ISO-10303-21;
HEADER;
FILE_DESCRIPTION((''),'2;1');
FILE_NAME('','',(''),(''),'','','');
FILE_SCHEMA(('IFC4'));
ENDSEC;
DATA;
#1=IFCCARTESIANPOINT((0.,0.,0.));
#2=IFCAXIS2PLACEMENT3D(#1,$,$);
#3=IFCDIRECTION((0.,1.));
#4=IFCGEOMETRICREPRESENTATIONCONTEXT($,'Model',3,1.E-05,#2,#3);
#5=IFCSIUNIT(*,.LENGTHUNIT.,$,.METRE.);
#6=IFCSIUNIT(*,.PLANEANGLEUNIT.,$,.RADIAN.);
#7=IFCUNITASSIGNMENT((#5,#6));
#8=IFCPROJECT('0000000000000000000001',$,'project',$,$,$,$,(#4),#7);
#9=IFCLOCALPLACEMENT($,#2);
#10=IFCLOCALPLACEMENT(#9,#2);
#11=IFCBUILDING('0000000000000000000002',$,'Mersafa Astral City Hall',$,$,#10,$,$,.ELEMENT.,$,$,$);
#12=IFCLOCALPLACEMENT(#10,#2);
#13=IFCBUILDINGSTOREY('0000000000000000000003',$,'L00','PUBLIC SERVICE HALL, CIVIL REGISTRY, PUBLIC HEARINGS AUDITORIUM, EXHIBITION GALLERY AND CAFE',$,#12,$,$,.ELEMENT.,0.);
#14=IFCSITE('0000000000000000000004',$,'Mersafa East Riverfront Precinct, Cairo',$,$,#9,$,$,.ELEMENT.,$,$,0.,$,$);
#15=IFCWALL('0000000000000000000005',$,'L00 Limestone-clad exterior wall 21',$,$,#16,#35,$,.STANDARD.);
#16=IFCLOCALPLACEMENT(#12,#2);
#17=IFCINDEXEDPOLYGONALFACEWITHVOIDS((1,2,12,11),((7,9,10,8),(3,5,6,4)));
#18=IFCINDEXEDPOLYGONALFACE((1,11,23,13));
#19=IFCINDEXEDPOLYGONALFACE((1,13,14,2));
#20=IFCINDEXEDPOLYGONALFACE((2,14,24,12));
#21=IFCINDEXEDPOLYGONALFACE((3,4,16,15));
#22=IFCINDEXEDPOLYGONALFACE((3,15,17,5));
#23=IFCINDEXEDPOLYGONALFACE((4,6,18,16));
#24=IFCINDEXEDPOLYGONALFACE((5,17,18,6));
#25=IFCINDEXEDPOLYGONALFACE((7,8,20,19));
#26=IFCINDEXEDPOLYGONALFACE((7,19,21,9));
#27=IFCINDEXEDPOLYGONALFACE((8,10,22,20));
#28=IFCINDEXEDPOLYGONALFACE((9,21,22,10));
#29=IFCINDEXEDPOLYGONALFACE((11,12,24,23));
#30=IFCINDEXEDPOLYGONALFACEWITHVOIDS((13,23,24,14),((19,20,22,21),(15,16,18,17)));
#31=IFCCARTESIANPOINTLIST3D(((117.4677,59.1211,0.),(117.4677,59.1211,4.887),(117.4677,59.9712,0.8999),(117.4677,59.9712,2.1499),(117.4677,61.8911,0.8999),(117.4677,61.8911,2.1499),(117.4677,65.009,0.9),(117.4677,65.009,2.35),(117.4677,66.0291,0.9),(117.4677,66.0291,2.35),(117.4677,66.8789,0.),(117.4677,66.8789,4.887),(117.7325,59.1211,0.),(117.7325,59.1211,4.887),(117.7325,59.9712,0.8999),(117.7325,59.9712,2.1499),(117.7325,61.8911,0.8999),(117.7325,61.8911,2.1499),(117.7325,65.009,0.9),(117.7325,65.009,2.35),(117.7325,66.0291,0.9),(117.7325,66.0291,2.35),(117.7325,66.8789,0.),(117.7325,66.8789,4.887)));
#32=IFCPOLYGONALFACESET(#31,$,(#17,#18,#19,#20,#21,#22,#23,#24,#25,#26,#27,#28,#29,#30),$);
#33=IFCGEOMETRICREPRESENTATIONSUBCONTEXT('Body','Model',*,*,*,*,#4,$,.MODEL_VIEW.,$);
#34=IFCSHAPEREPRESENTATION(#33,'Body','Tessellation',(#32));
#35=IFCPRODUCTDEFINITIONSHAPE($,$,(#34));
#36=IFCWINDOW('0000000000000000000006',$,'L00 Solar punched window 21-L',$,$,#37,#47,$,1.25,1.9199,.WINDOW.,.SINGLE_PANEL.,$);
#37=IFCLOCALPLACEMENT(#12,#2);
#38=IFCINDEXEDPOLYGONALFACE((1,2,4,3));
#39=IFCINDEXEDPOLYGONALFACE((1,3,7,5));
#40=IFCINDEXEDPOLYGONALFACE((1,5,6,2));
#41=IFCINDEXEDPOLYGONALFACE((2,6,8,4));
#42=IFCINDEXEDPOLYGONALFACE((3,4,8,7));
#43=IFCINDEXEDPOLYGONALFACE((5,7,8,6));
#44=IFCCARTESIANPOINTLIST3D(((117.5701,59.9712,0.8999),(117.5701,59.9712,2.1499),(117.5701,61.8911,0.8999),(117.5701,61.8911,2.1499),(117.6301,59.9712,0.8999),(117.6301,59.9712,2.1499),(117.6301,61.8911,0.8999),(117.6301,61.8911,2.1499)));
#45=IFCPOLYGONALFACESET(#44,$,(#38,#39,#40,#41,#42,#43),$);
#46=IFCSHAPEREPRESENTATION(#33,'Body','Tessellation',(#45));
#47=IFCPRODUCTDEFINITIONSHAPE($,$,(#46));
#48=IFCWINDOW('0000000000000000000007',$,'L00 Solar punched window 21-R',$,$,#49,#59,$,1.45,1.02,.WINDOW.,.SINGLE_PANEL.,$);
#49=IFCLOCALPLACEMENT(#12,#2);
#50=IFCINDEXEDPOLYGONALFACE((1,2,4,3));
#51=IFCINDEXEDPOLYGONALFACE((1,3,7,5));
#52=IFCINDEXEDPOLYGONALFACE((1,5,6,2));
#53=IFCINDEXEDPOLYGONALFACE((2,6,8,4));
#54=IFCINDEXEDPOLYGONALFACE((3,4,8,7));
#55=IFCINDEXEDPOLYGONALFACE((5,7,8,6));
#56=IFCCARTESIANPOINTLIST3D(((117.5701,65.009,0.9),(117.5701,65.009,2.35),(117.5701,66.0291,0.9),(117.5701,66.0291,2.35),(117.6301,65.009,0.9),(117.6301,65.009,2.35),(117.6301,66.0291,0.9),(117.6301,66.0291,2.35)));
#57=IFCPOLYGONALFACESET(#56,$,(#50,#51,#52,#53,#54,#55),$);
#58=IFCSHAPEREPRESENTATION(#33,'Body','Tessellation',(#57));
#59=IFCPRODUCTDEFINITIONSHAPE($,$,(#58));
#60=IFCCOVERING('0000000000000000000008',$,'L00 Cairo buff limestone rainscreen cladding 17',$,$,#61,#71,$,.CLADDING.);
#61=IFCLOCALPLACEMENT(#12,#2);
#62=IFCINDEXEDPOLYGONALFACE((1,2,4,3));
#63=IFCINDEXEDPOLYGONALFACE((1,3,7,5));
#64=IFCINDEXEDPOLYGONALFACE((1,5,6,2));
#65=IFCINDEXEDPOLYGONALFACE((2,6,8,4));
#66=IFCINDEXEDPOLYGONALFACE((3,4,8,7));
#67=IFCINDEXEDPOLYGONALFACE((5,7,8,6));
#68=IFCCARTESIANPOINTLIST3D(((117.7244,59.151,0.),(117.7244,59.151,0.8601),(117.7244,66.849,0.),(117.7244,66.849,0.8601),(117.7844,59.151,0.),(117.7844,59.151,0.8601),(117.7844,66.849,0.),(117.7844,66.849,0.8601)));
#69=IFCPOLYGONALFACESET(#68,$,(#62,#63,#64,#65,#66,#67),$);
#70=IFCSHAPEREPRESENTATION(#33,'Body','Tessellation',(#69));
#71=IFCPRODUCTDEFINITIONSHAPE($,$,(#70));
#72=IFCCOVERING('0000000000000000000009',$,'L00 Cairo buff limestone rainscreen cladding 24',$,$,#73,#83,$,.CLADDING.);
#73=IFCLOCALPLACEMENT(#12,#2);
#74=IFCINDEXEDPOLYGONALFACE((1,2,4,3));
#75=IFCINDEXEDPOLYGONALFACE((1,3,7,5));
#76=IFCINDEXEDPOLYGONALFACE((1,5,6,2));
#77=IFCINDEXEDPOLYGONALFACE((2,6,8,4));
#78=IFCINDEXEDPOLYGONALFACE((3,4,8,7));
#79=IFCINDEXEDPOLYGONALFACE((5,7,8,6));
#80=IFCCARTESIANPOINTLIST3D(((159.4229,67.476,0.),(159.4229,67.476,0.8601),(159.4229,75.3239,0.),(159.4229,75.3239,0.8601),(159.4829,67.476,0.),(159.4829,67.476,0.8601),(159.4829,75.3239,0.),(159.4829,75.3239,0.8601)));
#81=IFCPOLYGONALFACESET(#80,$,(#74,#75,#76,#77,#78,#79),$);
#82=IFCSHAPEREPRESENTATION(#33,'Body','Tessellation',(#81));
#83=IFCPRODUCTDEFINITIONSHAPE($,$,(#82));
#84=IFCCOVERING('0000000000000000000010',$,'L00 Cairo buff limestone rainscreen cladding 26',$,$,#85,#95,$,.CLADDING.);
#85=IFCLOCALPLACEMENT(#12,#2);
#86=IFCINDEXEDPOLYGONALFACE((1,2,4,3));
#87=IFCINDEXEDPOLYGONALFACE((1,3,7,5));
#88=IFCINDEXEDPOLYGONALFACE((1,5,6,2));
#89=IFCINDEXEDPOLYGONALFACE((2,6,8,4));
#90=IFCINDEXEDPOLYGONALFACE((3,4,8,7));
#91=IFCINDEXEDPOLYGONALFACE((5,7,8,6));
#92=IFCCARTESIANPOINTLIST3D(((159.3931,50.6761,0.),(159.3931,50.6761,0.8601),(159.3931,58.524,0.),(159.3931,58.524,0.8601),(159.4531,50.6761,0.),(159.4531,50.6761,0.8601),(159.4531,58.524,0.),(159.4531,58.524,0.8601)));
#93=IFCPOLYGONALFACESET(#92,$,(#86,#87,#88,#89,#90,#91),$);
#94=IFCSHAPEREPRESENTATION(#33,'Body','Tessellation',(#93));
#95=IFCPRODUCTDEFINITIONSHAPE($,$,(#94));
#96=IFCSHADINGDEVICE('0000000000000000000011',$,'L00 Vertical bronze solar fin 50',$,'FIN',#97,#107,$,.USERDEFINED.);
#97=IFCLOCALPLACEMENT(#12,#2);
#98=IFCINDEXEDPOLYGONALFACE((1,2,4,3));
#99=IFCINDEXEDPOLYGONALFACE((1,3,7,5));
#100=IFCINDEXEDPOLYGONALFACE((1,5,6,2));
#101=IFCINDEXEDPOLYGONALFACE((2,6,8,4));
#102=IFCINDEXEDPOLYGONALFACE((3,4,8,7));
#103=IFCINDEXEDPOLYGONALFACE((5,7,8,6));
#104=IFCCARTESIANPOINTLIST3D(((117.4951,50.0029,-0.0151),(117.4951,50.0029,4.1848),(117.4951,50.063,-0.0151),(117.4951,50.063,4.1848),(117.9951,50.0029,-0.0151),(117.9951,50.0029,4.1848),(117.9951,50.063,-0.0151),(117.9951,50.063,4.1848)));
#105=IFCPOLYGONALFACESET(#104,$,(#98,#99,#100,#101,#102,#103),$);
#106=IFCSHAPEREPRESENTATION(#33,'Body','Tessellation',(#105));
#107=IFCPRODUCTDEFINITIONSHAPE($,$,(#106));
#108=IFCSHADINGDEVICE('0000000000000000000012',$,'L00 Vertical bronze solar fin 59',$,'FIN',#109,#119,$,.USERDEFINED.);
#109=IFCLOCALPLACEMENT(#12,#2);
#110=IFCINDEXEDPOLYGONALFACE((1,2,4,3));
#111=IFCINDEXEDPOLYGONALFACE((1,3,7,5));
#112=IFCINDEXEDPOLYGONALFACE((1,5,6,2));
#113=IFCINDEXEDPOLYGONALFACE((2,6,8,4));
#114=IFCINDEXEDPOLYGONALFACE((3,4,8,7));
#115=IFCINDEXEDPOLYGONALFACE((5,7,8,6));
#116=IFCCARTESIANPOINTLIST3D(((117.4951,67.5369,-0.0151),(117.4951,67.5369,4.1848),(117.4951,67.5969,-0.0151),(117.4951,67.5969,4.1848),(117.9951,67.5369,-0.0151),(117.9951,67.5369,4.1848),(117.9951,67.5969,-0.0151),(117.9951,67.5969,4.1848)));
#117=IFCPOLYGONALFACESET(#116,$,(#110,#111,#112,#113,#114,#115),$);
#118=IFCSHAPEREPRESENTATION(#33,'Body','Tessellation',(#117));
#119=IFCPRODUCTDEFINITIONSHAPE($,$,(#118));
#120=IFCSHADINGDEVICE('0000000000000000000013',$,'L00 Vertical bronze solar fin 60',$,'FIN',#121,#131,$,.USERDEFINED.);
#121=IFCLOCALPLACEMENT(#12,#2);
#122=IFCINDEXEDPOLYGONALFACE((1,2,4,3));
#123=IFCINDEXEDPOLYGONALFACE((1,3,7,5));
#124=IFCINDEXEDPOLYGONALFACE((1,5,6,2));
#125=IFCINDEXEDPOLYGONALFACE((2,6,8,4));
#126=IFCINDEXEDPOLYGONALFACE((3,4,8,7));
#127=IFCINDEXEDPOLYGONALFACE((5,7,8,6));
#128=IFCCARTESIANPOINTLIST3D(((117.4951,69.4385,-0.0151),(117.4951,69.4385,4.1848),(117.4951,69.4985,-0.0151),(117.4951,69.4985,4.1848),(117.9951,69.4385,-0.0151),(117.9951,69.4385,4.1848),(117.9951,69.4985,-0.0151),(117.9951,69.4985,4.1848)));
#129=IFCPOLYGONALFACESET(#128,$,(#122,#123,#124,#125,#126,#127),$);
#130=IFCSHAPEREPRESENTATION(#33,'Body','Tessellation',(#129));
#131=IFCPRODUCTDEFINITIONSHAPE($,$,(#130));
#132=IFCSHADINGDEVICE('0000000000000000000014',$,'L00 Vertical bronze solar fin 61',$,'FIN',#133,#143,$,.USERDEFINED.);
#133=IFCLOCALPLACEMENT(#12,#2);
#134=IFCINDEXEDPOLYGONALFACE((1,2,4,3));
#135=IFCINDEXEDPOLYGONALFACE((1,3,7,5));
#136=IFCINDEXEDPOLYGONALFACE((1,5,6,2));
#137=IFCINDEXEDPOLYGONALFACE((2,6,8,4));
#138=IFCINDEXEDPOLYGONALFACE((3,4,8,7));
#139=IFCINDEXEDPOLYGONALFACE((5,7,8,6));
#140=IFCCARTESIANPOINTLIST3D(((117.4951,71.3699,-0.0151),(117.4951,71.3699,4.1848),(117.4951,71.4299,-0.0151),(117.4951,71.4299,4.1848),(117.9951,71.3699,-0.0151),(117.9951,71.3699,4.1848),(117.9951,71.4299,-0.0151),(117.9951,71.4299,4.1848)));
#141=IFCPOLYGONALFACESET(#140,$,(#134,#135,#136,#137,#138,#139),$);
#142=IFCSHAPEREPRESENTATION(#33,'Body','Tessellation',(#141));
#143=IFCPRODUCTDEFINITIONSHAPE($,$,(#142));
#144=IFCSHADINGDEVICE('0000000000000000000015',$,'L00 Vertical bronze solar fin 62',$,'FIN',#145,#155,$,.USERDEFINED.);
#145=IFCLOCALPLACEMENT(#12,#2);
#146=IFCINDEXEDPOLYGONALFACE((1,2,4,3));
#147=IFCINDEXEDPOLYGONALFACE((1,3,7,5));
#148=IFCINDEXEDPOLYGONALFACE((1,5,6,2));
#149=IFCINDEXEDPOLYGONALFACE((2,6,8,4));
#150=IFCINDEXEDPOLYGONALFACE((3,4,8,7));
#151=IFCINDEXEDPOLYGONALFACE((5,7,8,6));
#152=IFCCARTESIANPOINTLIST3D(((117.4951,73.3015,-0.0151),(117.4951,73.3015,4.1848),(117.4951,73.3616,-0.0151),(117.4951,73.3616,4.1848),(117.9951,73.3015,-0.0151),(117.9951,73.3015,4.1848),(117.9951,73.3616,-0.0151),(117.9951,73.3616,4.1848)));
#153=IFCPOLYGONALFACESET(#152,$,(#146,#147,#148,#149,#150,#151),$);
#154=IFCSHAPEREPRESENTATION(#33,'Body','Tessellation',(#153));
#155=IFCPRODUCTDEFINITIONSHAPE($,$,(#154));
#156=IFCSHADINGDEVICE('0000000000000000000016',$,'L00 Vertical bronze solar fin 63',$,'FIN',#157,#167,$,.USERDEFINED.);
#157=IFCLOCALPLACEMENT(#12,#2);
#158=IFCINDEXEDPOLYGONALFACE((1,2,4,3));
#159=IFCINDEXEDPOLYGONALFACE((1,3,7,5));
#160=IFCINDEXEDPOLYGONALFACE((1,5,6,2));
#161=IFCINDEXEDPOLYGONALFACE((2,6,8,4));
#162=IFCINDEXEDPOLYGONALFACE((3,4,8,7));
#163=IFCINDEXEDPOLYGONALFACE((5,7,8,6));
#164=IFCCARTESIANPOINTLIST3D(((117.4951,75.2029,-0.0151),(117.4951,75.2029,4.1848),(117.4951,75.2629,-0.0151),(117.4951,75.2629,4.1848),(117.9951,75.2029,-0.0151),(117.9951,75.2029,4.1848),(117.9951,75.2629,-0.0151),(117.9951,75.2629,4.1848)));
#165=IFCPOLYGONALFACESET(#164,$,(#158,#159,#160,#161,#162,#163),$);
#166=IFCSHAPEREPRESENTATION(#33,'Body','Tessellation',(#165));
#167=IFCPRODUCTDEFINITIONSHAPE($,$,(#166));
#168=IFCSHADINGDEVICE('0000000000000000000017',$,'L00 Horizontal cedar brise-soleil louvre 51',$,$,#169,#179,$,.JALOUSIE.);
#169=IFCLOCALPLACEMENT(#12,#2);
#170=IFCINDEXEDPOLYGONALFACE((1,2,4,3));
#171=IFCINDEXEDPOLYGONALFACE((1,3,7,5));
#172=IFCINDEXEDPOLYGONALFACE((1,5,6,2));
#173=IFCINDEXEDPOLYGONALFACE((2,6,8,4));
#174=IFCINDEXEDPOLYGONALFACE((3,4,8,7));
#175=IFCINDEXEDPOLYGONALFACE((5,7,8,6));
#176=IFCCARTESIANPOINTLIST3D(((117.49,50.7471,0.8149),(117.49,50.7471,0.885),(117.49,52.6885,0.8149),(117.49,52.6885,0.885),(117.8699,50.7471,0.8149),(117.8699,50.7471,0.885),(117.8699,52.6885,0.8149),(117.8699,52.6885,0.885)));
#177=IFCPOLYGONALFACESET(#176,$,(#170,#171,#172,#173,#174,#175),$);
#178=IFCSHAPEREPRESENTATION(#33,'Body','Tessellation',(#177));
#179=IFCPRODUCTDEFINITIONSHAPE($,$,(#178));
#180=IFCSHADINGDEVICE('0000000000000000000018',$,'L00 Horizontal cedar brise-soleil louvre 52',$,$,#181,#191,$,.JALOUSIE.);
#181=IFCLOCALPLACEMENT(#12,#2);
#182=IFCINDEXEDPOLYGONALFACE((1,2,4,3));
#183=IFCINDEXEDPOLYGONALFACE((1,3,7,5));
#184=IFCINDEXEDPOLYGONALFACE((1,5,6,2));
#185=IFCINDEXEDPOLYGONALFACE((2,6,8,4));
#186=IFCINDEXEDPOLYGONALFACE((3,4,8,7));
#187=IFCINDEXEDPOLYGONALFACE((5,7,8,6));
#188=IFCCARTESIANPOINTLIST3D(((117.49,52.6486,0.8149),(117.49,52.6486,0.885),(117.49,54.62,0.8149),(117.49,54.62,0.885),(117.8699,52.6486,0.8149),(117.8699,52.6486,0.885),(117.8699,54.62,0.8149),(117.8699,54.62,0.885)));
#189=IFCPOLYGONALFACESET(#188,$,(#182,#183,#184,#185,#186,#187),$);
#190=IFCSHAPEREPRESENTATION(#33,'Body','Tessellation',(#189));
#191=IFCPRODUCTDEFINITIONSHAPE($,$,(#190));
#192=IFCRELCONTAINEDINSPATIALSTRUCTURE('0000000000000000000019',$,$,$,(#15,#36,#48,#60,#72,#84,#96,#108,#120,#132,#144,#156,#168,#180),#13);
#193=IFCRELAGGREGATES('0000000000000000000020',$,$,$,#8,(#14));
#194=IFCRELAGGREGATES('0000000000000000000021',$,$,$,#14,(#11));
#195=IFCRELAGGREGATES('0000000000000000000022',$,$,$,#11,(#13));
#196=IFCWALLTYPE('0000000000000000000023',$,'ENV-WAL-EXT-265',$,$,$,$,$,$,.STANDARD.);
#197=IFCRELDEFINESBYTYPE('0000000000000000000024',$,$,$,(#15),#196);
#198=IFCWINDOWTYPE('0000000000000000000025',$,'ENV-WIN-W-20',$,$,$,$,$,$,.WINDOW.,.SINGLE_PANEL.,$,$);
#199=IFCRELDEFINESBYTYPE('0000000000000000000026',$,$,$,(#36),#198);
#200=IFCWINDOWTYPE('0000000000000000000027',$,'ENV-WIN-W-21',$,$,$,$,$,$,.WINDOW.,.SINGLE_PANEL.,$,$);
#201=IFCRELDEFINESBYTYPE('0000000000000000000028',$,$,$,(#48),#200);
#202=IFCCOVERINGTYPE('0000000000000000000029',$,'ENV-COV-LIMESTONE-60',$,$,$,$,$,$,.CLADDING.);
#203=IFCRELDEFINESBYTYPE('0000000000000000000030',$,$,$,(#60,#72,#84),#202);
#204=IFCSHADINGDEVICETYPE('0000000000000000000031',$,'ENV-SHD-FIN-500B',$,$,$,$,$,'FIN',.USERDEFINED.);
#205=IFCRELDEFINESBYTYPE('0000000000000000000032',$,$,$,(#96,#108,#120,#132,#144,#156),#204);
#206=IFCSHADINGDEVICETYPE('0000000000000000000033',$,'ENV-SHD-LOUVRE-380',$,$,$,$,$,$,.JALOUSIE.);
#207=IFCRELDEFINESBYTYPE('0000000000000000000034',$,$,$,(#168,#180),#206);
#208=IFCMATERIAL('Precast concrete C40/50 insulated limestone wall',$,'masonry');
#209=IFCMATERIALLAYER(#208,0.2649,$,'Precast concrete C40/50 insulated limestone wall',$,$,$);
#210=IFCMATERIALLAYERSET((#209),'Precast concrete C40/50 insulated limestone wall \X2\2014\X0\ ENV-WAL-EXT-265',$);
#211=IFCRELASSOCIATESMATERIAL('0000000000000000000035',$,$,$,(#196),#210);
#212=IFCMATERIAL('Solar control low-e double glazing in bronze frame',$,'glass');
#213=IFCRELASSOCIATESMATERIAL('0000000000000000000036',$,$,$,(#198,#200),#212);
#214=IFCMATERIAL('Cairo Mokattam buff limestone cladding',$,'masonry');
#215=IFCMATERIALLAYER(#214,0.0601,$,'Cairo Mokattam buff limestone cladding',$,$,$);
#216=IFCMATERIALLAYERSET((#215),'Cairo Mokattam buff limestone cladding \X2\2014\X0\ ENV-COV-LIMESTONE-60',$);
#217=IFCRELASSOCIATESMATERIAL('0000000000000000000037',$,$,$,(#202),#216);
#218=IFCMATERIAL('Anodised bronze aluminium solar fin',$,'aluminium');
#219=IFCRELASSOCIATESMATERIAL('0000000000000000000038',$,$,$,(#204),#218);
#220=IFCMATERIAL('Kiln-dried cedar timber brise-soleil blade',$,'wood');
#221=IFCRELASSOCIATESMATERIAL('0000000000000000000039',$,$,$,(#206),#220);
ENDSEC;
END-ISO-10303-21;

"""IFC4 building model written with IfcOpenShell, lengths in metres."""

from ifc_helpers import new_model, si_unit, direction, frame, frame_2d, origin, origin_2d, place, context, subcontext, project, spatial, rectangle, extrude, material, layer, layer_set, type_object, element, fill, save


model = new_model("IFC4")

# Units and contexts
model_context = context("Model", 3, precision=1e-05, world=origin(), true_north=direction((0.0, 1.0)))
body_context = subcontext(model_context, "Body", "Model", "MODEL_VIEW")
ifc_project = project(units=[si_unit("LENGTHUNIT", "METRE"), si_unit("PLANEANGLEUNIT", "RADIAN")], contexts=[model_context])

# Site, building, storey
site_placement = place(None, origin())
site = spatial("IfcSite", under=ifc_project, at=site_placement, Name="Mersafa East Riverfront Precinct, Cairo", CompositionType="ELEMENT", RefElevation=0.0)
building_placement = place(site_placement, origin())
building = spatial("IfcBuilding", under=site, at=building_placement, Name="Mersafa Astral City Hall", CompositionType="ELEMENT")
storey_placement = place(building_placement, origin())
storey = spatial("IfcBuildingStorey", under=building, at=storey_placement, Name="L00", Description="PUBLIC SERVICE HALL, CIVIL REGISTRY, PUBLIC HEARINGS AUDITORIUM, EXHIBITION GALLERY AND CAFE", CompositionType="ELEMENT", Elevation=0.0)

# Wall, openings, windows
ifc_material_1 = material(Name="Precast concrete C40/50 insulated limestone wall", Category="masonry")
ifc_layer_1 = layer(ifc_material_1, 0.2649, Name="Precast concrete C40/50 insulated limestone wall")
ifc_layer_set_1 = layer_set([ifc_layer_1], Name="Precast concrete C40/50 insulated limestone wall — ENV-WAL-EXT-265")
wall_type = type_object("IfcWallType", Name="ENV-WAL-EXT-265", PredefinedType="STANDARD", material=ifc_layer_set_1)
wall_placement = place(storey_placement, frame((117.6001, 59.1211, 0.0), z_axis=(0.0, 0.0, 1.0), x_axis=(0.0, 1.0, 0.0)))
wall = element("IfcWall", 1, at=wall_placement, inside=storey, type_object=wall_type, Name="L00 Limestone-clad exterior wall 21", PredefinedType="STANDARD", context=body_context, shape_type="SweptSolid", body=[
    extrude(rectangle(XDim=7.7578, YDim=0.2649, at=frame_2d((3.8789, 0.0))), origin(), (0.0, 0.0, 1.0), 4.887),
])
opening_1_placement = place(wall_placement, frame((0.8501, 0.0, 0.8999)))
opening_1 = element("IfcOpeningElement", 2, at=opening_1_placement, cuts=wall, PredefinedType="OPENING", context=body_context, shape_type="SweptSolid", body=[
    extrude(rectangle(XDim=1.9199, YDim=1.25, at=frame_2d((0.96, 0.625))), frame((0.0, 0.1423, 0.0), z_axis=(0.0, -1.0, 0.0), x_axis=(1.0, 0.0, 0.0)), (0.0, 0.0, 1.0), 0.2849),
])
opening_2_placement = place(wall_placement, frame((5.8879, 0.0, 0.8999)))
opening_2 = element("IfcOpeningElement", 3, at=opening_2_placement, cuts=wall, PredefinedType="OPENING", context=body_context, shape_type="SweptSolid", body=[
    extrude(rectangle(XDim=1.02, YDim=1.45, at=frame_2d((0.51, 0.7251))), frame((0.0, 0.1423, 0.0), z_axis=(0.0, -1.0, 0.0), x_axis=(1.0, 0.0, 0.0)), (0.0, 0.0, 1.0), 0.2849),
])
ifc_material_2 = material(Name="Solar control low-e double glazing in bronze frame", Category="glass")
window_type_1 = type_object("IfcWindowType", Name="ENV-WIN-W-20", PartitioningType="SINGLE_PANEL", PredefinedType="WINDOW", material=ifc_material_2)
window_1_placement = place(opening_1_placement, origin())
window_1 = element("IfcWindow", 4, at=window_1_placement, inside=storey, type_object=window_type_1, Name="L00 Solar punched window 21-L", OverallHeight=1.25, OverallWidth=1.9199, PartitioningType="SINGLE_PANEL", PredefinedType="WINDOW", context=body_context, shape_type="SweptSolid", body=[
    extrude(rectangle(XDim=1.9199, YDim=1.25, at=frame_2d((0.96, 0.625))), frame((0.0, 0.03, 0.0), z_axis=(0.0, -1.0, 0.0), x_axis=(1.0, 0.0, 0.0)), (0.0, 0.0, 1.0), 0.0601),
])
fill(opening_1, window_1)
window_type_2 = type_object("IfcWindowType", Name="ENV-WIN-W-21", PartitioningType="SINGLE_PANEL", PredefinedType="WINDOW", material=ifc_material_2)
window_2_placement = place(opening_2_placement, origin())
window_2 = element("IfcWindow", 5, at=window_2_placement, inside=storey, type_object=window_type_2, Name="L00 Solar punched window 21-R", OverallHeight=1.45, OverallWidth=1.02, PartitioningType="SINGLE_PANEL", PredefinedType="WINDOW", context=body_context, shape_type="SweptSolid", body=[
    extrude(rectangle(XDim=1.02, YDim=1.45, at=frame_2d((0.51, 0.7251))), frame((0.0, 0.03, 0.0), z_axis=(0.0, -1.0, 0.0), x_axis=(1.0, 0.0, 0.0)), (0.0, 0.0, 1.0), 0.0601),
])
fill(opening_2, window_2)

# Coverings
ifc_material_3 = material(Name="Cairo Mokattam buff limestone cladding", Category="masonry")
ifc_layer_2 = layer(ifc_material_3, 0.0601, Name="Cairo Mokattam buff limestone cladding")
ifc_layer_set_2 = layer_set([ifc_layer_2], Name="Cairo Mokattam buff limestone cladding — ENV-COV-LIMESTONE-60")
covering_type = type_object("IfcCoveringType", Name="ENV-COV-LIMESTONE-60", PredefinedType="CLADDING", material=ifc_layer_set_2)
covering_placement = place(storey_placement, frame((117.7544, 63.0, 0.0), z_axis=(0.0, 0.0, 1.0), x_axis=(0.0, 1.0, 0.0)))
element("IfcCovering", 6, at=covering_placement, inside=storey, type_object=covering_type, Name="L00 Cairo buff limestone rainscreen cladding 17", PredefinedType="CLADDING", context=body_context, shape_type="SweptSolid", body=[
    extrude(rectangle(XDim=7.698, YDim=0.0601, at=origin_2d()), origin(), (0.0, 0.0, 1.0), 0.8601),
])
for number, where, z_axis, x_axis, name in (
    (7, (159.4529, 71.3999, 0.0), (0.0, 0.0, 1.0), (0.0, -1.0, 0.0), "L00 Cairo buff limestone rainscreen cladding 24"),
    (8, (159.4231, 54.6001, 0.0), (0.0, 0.0, 1.0), (0.0, -1.0, 0.0), "L00 Cairo buff limestone rainscreen cladding 26"),
):
    element("IfcCovering", number, at=place(storey_placement, frame(where, z_axis=z_axis, x_axis=x_axis)), inside=storey, type_object=covering_type, Name=name, PredefinedType="CLADDING", context=body_context, shape_type="SweptSolid", body=[
        extrude(rectangle(XDim=7.8479, YDim=0.0601, at=origin_2d()), origin(), (0.0, 0.0, 1.0), 0.8601),
    ])

# Shading devices
ifc_material_4 = material(Name="Anodised bronze aluminium solar fin", Category="aluminium")
shading_device_type_1 = type_object("IfcShadingDeviceType", Name="ENV-SHD-FIN-500B", ElementType="FIN", PredefinedType="USERDEFINED", material=ifc_material_4)
for number, where, z_axis, x_axis, name in (
    (9, (117.7451, 50.033, -0.0151), (0.0, 0.0, 1.0), (0.0, 1.0, 0.0), "L00 Vertical bronze solar fin 50"),
    (10, (117.7451, 67.5669, -0.0151), (0.0, 0.0, 1.0), (0.0, 1.0, 0.0), "L00 Vertical bronze solar fin 59"),
    (11, (117.7451, 69.4685, -0.0151), (0.0, 0.0, 1.0), (0.0, 1.0, 0.0), "L00 Vertical bronze solar fin 60"),
    (12, (117.7451, 71.3999, -0.0151), (0.0, 0.0, 1.0), (0.0, 1.0, 0.0), "L00 Vertical bronze solar fin 61"),
    (13, (117.7451, 73.3315, -0.0151), (0.0, 0.0, 1.0), (0.0, 1.0, 0.0), "L00 Vertical bronze solar fin 62"),
    (14, (117.7451, 75.2329, -0.0151), (0.0, 0.0, 1.0), (0.0, 1.0, 0.0), "L00 Vertical bronze solar fin 63"),
):
    element("IfcShadingDevice", number, at=place(storey_placement, frame(where, z_axis=z_axis, x_axis=x_axis)), inside=storey, type_object=shading_device_type_1, Name=name, ObjectType="FIN", PredefinedType="USERDEFINED", context=body_context, shape_type="SweptSolid", body=[
        extrude(rectangle(XDim=0.0601, YDim=0.5, at=origin_2d()), origin(), (0.0, 0.0, 1.0), 4.2),
    ])
ifc_material_5 = material(Name="Kiln-dried cedar timber brise-soleil blade", Category="wood")
shading_device_type_2 = type_object("IfcShadingDeviceType", Name="ENV-SHD-LOUVRE-380", PredefinedType="JALOUSIE", material=ifc_material_5)
shading_device_1_placement = place(storey_placement, frame((117.6799, 51.7178, 0.8149), z_axis=(0.0, 0.0, 1.0), x_axis=(0.0, 1.0, 0.0)))
element("IfcShadingDevice", 15, at=shading_device_1_placement, inside=storey, type_object=shading_device_type_2, Name="L00 Horizontal cedar brise-soleil louvre 51", PredefinedType="JALOUSIE", context=body_context, shape_type="SweptSolid", body=[
    extrude(rectangle(XDim=1.9414, YDim=0.3799, at=origin_2d()), origin(), (0.0, 0.0, 1.0), 0.0701),
])
for number, where, z_axis, x_axis, name in (
    (16, (117.6799, 53.6343, 0.8149), (0.0, 0.0, 1.0), (0.0, 1.0, 0.0), "L00 Horizontal cedar brise-soleil louvre 52"),
):
    element("IfcShadingDevice", number, at=place(storey_placement, frame(where, z_axis=z_axis, x_axis=x_axis)), inside=storey, type_object=shading_device_type_2, Name=name, PredefinedType="JALOUSIE", context=body_context, shape_type="SweptSolid", body=[
        extrude(rectangle(XDim=1.9714, YDim=0.3799, at=origin_2d()), origin(), (0.0, 0.0, 1.0), 0.0701),
    ])

save(model, "model.ifc")
